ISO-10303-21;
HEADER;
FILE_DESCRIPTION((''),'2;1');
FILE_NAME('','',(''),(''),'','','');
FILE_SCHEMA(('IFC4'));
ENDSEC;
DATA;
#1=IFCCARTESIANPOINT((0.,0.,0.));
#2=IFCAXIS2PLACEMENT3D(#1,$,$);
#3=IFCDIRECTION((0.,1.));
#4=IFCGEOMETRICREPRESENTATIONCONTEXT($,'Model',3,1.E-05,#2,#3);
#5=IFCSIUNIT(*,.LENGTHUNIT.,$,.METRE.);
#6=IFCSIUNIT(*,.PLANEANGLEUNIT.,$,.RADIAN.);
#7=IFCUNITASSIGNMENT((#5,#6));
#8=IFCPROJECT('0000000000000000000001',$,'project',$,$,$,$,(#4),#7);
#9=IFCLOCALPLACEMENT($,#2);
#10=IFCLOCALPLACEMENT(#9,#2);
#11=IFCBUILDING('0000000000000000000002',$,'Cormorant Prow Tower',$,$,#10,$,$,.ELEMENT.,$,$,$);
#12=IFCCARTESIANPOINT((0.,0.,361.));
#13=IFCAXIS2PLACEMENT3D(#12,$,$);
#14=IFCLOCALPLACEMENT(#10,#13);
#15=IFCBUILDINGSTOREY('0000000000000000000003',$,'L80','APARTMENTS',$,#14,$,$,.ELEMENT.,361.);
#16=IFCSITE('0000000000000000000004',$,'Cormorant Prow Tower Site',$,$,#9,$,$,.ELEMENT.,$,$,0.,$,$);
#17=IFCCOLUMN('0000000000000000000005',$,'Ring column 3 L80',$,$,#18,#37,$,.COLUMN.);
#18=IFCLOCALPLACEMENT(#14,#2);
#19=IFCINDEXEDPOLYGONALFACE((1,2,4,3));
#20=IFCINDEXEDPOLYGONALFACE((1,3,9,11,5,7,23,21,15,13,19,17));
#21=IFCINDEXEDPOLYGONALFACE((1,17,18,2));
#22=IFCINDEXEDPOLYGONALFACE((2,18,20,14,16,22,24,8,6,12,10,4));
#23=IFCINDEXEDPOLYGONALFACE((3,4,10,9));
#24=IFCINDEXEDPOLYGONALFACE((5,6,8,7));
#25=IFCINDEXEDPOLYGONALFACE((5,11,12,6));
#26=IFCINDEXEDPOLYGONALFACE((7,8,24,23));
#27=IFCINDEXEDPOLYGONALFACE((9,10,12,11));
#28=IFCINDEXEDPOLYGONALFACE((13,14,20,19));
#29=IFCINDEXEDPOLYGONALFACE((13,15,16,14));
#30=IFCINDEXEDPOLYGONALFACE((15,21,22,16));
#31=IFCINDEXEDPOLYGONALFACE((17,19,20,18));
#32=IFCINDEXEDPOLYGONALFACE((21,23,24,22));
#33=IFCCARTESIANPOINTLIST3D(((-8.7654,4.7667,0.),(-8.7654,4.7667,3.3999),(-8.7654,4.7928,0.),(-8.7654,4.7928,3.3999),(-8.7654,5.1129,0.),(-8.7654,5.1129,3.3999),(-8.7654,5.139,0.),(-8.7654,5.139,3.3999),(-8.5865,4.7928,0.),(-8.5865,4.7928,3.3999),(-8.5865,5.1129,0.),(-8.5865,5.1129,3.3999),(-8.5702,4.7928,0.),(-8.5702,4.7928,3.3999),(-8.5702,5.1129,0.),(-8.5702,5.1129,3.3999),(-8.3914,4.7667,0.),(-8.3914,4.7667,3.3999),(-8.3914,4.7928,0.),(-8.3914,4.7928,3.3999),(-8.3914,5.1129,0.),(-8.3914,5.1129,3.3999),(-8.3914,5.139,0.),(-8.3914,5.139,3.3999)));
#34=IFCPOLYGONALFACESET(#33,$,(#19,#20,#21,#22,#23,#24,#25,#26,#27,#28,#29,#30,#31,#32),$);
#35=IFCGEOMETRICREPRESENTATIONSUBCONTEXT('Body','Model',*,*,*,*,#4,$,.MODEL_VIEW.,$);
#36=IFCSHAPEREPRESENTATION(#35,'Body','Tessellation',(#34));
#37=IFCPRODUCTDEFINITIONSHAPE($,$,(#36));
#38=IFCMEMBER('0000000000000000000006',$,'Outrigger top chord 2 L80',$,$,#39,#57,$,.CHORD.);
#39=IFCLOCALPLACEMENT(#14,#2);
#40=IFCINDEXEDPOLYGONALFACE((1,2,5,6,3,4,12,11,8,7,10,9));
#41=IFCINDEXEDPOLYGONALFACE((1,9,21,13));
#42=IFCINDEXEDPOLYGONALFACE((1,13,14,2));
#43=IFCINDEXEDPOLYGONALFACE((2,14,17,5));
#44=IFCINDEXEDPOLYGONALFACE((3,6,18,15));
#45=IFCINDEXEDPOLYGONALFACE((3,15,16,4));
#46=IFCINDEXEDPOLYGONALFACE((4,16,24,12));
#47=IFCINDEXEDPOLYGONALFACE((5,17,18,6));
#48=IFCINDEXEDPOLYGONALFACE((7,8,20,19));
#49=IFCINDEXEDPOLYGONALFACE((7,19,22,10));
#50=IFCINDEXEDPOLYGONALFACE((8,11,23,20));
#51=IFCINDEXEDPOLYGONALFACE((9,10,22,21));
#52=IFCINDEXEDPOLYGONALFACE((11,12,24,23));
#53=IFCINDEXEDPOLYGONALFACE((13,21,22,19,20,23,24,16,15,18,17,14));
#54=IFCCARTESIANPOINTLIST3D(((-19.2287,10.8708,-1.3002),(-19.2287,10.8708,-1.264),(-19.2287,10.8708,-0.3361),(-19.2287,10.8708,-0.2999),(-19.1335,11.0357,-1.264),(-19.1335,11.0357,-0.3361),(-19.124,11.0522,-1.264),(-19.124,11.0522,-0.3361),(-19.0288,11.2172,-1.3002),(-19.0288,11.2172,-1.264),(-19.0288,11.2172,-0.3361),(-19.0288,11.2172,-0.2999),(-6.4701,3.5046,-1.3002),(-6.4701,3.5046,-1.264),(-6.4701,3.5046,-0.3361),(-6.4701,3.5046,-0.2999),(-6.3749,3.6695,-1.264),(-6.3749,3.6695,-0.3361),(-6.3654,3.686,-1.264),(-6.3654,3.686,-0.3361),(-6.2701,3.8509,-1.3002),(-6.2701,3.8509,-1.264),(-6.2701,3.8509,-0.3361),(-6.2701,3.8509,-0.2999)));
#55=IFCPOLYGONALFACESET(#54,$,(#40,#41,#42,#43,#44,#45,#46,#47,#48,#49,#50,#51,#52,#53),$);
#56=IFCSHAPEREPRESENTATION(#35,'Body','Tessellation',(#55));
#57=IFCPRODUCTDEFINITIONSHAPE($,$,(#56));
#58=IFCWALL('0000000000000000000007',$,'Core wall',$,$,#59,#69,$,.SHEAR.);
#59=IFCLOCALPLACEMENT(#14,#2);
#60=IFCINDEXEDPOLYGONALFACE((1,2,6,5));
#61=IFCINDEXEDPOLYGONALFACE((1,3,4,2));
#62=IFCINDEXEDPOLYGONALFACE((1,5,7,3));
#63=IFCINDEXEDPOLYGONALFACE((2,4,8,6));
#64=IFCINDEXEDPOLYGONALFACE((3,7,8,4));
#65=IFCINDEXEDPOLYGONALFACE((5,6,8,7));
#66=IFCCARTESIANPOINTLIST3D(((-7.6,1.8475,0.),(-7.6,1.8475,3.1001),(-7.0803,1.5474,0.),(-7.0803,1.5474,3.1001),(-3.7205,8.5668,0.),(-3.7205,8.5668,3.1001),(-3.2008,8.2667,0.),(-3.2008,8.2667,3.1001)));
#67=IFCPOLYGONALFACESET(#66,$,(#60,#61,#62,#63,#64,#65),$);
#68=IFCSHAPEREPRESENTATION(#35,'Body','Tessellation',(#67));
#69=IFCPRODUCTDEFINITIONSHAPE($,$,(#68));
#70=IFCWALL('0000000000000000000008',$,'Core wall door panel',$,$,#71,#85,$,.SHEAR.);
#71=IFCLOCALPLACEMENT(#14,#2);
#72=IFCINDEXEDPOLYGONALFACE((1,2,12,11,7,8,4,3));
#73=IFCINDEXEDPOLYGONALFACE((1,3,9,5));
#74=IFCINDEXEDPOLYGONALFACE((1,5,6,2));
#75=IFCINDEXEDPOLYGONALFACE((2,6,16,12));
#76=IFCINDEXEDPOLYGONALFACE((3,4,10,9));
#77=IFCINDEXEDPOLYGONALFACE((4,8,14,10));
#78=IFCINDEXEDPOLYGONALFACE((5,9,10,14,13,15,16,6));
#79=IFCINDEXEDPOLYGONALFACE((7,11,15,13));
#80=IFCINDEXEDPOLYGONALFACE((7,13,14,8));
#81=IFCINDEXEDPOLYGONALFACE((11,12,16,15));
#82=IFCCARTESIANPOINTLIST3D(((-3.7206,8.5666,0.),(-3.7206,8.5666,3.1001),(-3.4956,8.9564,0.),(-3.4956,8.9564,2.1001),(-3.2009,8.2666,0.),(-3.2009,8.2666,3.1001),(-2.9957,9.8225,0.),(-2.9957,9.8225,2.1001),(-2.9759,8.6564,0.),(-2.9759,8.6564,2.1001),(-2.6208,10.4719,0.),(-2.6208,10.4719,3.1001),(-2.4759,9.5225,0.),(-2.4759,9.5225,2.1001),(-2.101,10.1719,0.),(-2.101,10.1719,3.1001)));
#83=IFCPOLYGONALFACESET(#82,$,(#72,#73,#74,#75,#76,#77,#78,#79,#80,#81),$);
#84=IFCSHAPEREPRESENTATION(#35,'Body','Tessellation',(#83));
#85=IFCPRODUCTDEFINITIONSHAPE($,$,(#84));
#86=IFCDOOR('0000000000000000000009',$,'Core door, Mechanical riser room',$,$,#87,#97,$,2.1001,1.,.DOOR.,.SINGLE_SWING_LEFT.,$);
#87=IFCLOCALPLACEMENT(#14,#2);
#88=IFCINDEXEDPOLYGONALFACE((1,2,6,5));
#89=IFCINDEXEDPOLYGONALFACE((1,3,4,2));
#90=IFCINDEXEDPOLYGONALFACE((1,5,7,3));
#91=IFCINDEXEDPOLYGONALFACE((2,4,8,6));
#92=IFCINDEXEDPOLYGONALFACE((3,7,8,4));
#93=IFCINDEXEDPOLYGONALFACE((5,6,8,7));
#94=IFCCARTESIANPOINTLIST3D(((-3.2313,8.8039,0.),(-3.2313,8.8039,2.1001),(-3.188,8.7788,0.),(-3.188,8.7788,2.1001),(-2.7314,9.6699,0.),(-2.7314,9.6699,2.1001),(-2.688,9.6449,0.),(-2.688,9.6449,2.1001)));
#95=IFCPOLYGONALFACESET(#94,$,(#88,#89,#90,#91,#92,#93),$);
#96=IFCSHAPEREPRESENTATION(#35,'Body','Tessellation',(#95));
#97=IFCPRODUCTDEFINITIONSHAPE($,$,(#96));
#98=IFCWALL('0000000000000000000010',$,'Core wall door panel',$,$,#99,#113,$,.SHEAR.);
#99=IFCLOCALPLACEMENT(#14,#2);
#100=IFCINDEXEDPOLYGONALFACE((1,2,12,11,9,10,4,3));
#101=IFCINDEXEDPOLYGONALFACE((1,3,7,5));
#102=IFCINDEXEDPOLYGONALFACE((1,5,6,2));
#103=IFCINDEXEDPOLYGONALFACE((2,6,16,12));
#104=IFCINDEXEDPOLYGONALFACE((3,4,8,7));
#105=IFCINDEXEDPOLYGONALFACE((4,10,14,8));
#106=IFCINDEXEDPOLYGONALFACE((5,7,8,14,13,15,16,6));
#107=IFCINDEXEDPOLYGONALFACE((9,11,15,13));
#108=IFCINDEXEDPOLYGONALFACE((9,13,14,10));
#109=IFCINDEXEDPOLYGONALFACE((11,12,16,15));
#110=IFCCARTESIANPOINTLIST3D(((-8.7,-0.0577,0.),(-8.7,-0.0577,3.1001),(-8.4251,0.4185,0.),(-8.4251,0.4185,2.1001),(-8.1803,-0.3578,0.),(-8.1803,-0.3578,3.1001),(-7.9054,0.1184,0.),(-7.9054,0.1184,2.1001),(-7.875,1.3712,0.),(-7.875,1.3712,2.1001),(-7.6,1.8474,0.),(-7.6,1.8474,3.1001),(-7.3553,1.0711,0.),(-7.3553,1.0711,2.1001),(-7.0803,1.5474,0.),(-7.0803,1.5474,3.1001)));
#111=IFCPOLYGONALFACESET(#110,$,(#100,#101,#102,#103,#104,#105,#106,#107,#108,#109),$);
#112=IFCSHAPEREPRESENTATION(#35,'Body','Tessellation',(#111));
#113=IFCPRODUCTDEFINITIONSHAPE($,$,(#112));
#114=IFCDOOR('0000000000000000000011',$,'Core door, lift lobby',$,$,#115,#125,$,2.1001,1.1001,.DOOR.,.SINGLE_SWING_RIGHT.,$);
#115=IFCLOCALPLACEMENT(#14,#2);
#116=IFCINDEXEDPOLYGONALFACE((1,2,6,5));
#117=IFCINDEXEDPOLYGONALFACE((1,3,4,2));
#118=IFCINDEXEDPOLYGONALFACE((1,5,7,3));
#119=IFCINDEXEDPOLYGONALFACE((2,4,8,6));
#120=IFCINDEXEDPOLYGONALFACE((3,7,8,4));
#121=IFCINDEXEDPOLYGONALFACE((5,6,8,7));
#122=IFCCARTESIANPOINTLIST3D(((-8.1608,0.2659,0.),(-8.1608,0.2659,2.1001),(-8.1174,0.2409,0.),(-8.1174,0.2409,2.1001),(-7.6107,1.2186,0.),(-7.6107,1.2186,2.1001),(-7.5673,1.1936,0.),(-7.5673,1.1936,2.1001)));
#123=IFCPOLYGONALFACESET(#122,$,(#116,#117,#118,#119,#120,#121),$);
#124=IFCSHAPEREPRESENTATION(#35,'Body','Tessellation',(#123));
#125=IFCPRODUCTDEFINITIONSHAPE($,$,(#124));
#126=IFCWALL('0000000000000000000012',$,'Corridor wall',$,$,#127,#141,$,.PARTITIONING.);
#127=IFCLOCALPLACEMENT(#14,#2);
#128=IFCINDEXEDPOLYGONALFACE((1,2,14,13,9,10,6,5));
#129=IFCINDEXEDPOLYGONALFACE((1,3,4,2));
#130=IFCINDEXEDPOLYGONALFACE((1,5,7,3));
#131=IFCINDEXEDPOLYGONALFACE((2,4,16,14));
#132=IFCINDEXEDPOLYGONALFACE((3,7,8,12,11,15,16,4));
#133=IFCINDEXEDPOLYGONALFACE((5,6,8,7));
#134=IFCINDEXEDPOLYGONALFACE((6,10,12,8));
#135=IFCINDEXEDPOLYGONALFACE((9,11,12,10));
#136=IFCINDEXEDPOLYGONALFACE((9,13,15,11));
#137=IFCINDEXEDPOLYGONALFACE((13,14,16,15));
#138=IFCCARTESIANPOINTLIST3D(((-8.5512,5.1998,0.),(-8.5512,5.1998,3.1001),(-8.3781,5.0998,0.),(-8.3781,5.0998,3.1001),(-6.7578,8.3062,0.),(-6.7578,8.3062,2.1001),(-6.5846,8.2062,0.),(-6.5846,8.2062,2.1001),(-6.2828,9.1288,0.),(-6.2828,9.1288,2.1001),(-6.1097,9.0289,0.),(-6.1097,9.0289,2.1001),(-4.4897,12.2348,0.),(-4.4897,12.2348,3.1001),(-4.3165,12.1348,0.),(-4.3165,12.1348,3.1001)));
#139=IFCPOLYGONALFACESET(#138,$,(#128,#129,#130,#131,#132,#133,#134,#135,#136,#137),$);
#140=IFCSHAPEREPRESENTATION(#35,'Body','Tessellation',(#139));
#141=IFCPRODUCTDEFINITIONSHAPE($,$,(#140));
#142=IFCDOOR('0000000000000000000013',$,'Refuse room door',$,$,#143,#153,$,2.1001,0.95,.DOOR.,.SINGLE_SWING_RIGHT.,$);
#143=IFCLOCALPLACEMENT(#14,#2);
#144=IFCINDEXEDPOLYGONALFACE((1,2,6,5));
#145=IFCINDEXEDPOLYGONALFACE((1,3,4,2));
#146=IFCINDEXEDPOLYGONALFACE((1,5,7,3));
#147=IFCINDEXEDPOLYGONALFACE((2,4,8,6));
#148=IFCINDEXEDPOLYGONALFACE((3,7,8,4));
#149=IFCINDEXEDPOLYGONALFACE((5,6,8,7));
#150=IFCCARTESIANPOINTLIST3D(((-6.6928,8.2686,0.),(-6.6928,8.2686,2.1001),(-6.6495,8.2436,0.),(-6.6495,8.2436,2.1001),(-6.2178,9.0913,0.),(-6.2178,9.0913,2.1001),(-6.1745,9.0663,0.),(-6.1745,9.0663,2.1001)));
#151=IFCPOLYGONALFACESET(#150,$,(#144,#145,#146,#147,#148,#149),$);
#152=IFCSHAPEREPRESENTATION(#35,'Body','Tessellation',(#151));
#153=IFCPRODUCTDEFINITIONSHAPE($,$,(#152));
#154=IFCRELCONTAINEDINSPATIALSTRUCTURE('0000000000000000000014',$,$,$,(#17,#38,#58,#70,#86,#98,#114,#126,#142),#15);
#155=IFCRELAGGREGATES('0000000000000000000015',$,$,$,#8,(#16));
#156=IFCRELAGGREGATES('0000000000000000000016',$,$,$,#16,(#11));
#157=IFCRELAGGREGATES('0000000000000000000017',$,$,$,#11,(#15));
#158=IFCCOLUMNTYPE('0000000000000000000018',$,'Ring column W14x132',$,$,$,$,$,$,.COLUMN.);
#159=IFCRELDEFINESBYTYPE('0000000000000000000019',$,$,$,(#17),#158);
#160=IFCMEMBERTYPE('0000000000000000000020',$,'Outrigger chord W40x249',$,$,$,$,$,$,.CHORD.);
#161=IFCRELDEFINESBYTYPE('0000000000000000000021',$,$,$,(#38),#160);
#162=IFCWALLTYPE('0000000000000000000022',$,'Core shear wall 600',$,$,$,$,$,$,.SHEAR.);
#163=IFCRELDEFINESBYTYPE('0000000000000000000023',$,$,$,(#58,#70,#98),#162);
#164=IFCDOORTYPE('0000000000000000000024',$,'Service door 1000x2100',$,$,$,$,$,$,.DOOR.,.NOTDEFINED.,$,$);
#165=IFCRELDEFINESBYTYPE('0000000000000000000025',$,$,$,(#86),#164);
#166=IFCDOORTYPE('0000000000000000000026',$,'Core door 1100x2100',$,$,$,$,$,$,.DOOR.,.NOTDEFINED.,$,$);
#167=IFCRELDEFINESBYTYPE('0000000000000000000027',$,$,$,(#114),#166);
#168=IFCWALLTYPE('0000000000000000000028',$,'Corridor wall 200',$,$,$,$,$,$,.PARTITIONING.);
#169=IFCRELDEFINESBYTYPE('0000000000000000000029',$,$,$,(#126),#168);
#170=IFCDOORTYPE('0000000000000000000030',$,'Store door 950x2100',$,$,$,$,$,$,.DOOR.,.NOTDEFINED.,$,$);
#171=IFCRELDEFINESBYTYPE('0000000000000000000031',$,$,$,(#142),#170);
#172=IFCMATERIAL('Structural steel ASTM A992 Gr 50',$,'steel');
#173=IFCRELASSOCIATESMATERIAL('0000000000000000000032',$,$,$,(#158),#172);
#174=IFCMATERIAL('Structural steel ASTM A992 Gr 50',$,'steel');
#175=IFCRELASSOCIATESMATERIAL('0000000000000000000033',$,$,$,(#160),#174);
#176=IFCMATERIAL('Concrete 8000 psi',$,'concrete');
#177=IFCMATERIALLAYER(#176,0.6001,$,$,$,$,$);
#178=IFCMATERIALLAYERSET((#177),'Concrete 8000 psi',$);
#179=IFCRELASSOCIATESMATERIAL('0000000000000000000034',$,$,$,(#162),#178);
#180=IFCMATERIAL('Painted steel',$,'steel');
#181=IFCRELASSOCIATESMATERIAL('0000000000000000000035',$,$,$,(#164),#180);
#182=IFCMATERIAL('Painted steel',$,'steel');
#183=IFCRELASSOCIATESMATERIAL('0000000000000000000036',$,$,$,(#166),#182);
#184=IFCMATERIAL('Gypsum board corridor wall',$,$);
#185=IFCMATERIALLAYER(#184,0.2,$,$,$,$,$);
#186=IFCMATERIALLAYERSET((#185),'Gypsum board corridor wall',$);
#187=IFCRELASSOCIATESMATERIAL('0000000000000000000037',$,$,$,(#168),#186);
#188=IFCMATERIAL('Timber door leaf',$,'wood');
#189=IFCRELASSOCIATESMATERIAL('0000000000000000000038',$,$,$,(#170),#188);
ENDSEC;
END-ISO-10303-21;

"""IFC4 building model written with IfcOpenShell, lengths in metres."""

from ifc_helpers import new_model, si_unit, direction, frame, frame_2d, origin, origin_2d, place, context, subcontext, project, spatial, rectangle, i_section, extrude, material, layer, layer_set, material_profile, profile_set, type_object, element, fill, save


model = new_model("IFC4")

# Units and contexts
model_context = context("Model", 3, precision=1e-05, world=origin(), true_north=direction((0.0, 1.0)))
body_context = subcontext(model_context, "Body", "Model", "MODEL_VIEW")
ifc_project = project(units=[si_unit("LENGTHUNIT", "METRE"), si_unit("PLANEANGLEUNIT", "RADIAN")], contexts=[model_context])

# Site, building, storey
site_placement = place(None, origin())
site = spatial("IfcSite", under=ifc_project, at=site_placement, Name="Cormorant Prow Tower Site", CompositionType="ELEMENT", RefElevation=0.0)
building_placement = place(site_placement, origin())
building = spatial("IfcBuilding", under=site, at=building_placement, Name="Cormorant Prow Tower", CompositionType="ELEMENT")
storey_placement = place(building_placement, frame((0.0, 0.0, 361.0)))
storey = spatial("IfcBuildingStorey", under=building, at=storey_placement, Name="L80", Description="APARTMENTS", CompositionType="ELEMENT", Elevation=361.0)

# Column
ifc_material_1 = material(Name="Structural steel ASTM A992 Gr 50", Category="steel")
ifc_material_profile_1 = material_profile(ifc_material_1, i_section(OverallWidth=0.374, OverallDepth=0.3723, WebThickness=0.0164, FlangeThickness=0.0261, at=origin_2d()), Name="W14x132")
ifc_profile_set_1 = profile_set([ifc_material_profile_1], Name="Structural steel ASTM A992 Gr 50")
column_type = type_object("IfcColumnType", Name="Ring column W14x132", PredefinedType="COLUMN", material=ifc_profile_set_1)
column_placement = place(storey_placement, frame((-8.5784, 4.9529, 0.0), z_axis=(0.0, 0.0, 1.0), x_axis=(1.0, 0.0, 0.0)))
element("IfcColumn", 1, at=column_placement, inside=storey, type_object=column_type, Name="Ring column 3 L80", PredefinedType="COLUMN", context=body_context, shape_type="SweptSolid", body=[
    extrude(i_section(OverallWidth=0.374, OverallDepth=0.3723, WebThickness=0.0164, FlangeThickness=0.0261, at=origin_2d()), origin(), (0.0, 0.0, 1.0), 3.3999),
])

# Member
ifc_material_2 = material(Name="Structural steel ASTM A992 Gr 50", Category="steel")
ifc_material_profile_2 = material_profile(ifc_material_2, i_section(OverallWidth=0.3999, OverallDepth=1.0002, WebThickness=0.019, FlangeThickness=0.0361, at=origin_2d()), Name="W40x249")
ifc_profile_set_2 = profile_set([ifc_material_profile_2], Name="Structural steel ASTM A992 Gr 50")
member_type = type_object("IfcMemberType", Name="Outrigger chord W40x249", PredefinedType="CHORD", material=ifc_profile_set_2)
member_placement = place(storey_placement, frame((-6.3701, 3.6777, -0.8), z_axis=(-0.866024, 0.500003, 0.0), x_axis=(-0.500003, -0.866024, 0.0)))
element("IfcMember", 2, at=member_placement, inside=storey, type_object=member_type, Name="Outrigger top chord 2 L80", PredefinedType="CHORD", context=body_context, shape_type="SweptSolid", body=[
    extrude(i_section(OverallWidth=0.3999, OverallDepth=1.0002, WebThickness=0.019, FlangeThickness=0.0361, at=origin_2d()), origin(), (0.0, 0.0, 1.0), 14.7324),
])

# Wall
ifc_material_3 = material(Name="Concrete 8000 psi", Category="concrete")
ifc_layer_1 = layer(ifc_material_3, 0.6001)
ifc_layer_set_1 = layer_set([ifc_layer_1], Name="Concrete 8000 psi")
wall_type_1 = type_object("IfcWallType", Name="Core shear wall 600", PredefinedType="SHEAR", material=ifc_layer_set_1)
wall_1_placement = place(storey_placement, frame((-3.4607, 8.4167, 0.0), z_axis=(0.0, 0.0, 1.0), x_axis=(-0.500004, -0.866023, 0.0)))
element("IfcWall", 3, at=wall_1_placement, inside=storey, type_object=wall_type_1, Name="Core wall", PredefinedType="SHEAR", context=body_context, shape_type="SweptSolid", body=[
    extrude(rectangle(XDim=7.7588, YDim=0.6001, at=frame_2d((3.8794, 0.0))), origin(), (0.0, 0.0, 1.0), 3.1001),
])

# Walls, openings, doors
wall_2_placement = place(storey_placement, frame((-2.3608, 10.322, 0.0), z_axis=(0.0, 0.0, 1.0), x_axis=(-0.499947, -0.866056, 0.0)))
wall_2 = element("IfcWall", 4, at=wall_2_placement, inside=storey, type_object=wall_type_1, Name="Core wall door panel", PredefinedType="SHEAR", context=body_context, shape_type="SweptSolid", body=[
    extrude(rectangle(XDim=2.2, YDim=0.6001, at=frame_2d((1.1001, 0.0))), origin(), (0.0, 0.0, 1.0), 3.1001),
])
opening_1_placement = place(wall_2_placement, frame((0.75, 0.0, 0.0)))
opening_1 = element("IfcOpeningElement", 5, at=opening_1_placement, cuts=wall_2, PredefinedType="OPENING", context=body_context, shape_type="SweptSolid", body=[
    extrude(rectangle(XDim=1.0, YDim=2.1001, at=frame_2d((0.5, 1.05))), frame((0.0, 0.3101, 0.0), z_axis=(0.0, -1.0, 0.0), x_axis=(1.0, 0.0, 0.0)), (0.0, 0.0, 1.0), 0.6201),
])
ifc_material_4 = material(Name="Painted steel", Category="steel")
door_type_1 = type_object("IfcDoorType", Name="Service door 1000x2100", OperationType="NOTDEFINED", PredefinedType="DOOR", material=ifc_material_4)
door_1_placement = place(opening_1_placement, origin())
door_1 = element("IfcDoor", 6, at=door_1_placement, inside=storey, type_object=door_type_1, Name="Core door, Mechanical riser room", OperationType="SINGLE_SWING_LEFT", OverallHeight=2.1001, OverallWidth=1.0, PredefinedType="DOOR", context=body_context, shape_type="SweptSolid", body=[
    extrude(rectangle(XDim=1.0, YDim=2.1001, at=frame_2d((0.5, 1.05))), frame((0.0, 0.0552, 0.0), z_axis=(0.0, -1.0, 0.0), x_axis=(1.0, 0.0, 0.0)), (0.0, 0.0, 1.0), 0.05),
])
fill(opening_1, door_1)
wall_3_placement = place(storey_placement, frame((-7.3401, 1.6975, 0.0), z_axis=(0.0, 0.0, 1.0), x_axis=(-0.50003, -0.866008, 0.0)))
wall_3 = element("IfcWall", 7, at=wall_3_placement, inside=storey, type_object=wall_type_1, Name="Core wall door panel", PredefinedType="SHEAR", context=body_context, shape_type="SweptSolid", body=[
    extrude(rectangle(XDim=2.2, YDim=0.6001, at=frame_2d((1.1001, 0.0))), origin(), (0.0, 0.0, 1.0), 3.1001),
])
opening_2_placement = place(wall_3_placement, frame((0.55, 0.0, 0.0)))
opening_2 = element("IfcOpeningElement", 8, at=opening_2_placement, cuts=wall_3, PredefinedType="OPENING", context=body_context, shape_type="SweptSolid", body=[
    extrude(rectangle(XDim=1.1001, YDim=2.1001, at=frame_2d((0.55, 1.05))), frame((0.0, 0.3101, 0.0), z_axis=(0.0, -1.0, 0.0), x_axis=(1.0, 0.0, 0.0)), (0.0, 0.0, 1.0), 0.6201),
])
ifc_material_5 = material(Name="Painted steel", Category="steel")
door_type_2 = type_object("IfcDoorType", Name="Core door 1100x2100", OperationType="NOTDEFINED", PredefinedType="DOOR", material=ifc_material_5)
door_2_placement = place(opening_2_placement, origin())
door_2 = element("IfcDoor", 9, at=door_2_placement, inside=storey, type_object=door_type_2, Name="Core door, lift lobby", OperationType="SINGLE_SWING_RIGHT", OverallHeight=2.1001, OverallWidth=1.1001, PredefinedType="DOOR", context=body_context, shape_type="SweptSolid", body=[
    extrude(rectangle(XDim=1.1001, YDim=2.1001, at=frame_2d((0.55, 1.05))), frame((0.0, 0.0552, 0.0), z_axis=(0.0, -1.0, 0.0), x_axis=(1.0, 0.0, 0.0)), (0.0, 0.0, 1.0), 0.05),
])
fill(opening_2, door_2)
ifc_material_6 = material(Name="Gypsum board corridor wall")
ifc_layer_2 = layer(ifc_material_6, 0.2)
ifc_layer_set_2 = layer_set([ifc_layer_2], Name="Gypsum board corridor wall")
wall_type_2 = type_object("IfcWallType", Name="Corridor wall 200", PredefinedType="PARTITIONING", material=ifc_layer_set_2)
wall_4_placement = place(storey_placement, frame((-8.4646, 5.1499, 0.0), z_axis=(0.0, 0.0, 1.0), x_axis=(0.499992, 0.86603, 0.0)))
wall_4 = element("IfcWall", 10, at=wall_4_placement, inside=storey, type_object=wall_type_2, Name="Corridor wall", PredefinedType="PARTITIONING", context=body_context, shape_type="SweptSolid", body=[
    extrude(rectangle(XDim=8.1233, YDim=0.2, at=frame_2d((4.0615, 0.0))), origin(), (0.0, 0.0, 1.0), 3.1001),
])
opening_3_placement = place(wall_4_placement, frame((3.5867, 0.0, 0.0)))
opening_3 = element("IfcOpeningElement", 11, at=opening_3_placement, cuts=wall_4, PredefinedType="OPENING", context=body_context, shape_type="SweptSolid", body=[
    extrude(rectangle(XDim=0.95, YDim=2.1001, at=frame_2d((0.4751, 1.05))), frame((0.0, 0.1099, 0.0), z_axis=(0.0, -1.0, 0.0), x_axis=(1.0, 0.0, 0.0)), (0.0, 0.0, 1.0), 0.22),
])
ifc_material_7 = material(Name="Timber door leaf", Category="wood")
door_type_3 = type_object("IfcDoorType", Name="Store door 950x2100", OperationType="NOTDEFINED", PredefinedType="DOOR", material=ifc_material_7)
door_3_placement = place(opening_3_placement, origin())
door_3 = element("IfcDoor", 12, at=door_3_placement, inside=storey, type_object=door_type_3, Name="Refuse room door", OperationType="SINGLE_SWING_RIGHT", OverallHeight=2.1001, OverallWidth=0.95, PredefinedType="DOOR", context=body_context, shape_type="SweptSolid", body=[
    extrude(rectangle(XDim=0.95, YDim=2.1001, at=frame_2d((0.4751, 1.05))), frame((0.0, 0.0249, 0.0), z_axis=(0.0, -1.0, 0.0), x_axis=(1.0, 0.0, 0.0)), (0.0, 0.0, 1.0), 0.05),
])
fill(opening_3, door_3)

save(model, "model.ifc")
